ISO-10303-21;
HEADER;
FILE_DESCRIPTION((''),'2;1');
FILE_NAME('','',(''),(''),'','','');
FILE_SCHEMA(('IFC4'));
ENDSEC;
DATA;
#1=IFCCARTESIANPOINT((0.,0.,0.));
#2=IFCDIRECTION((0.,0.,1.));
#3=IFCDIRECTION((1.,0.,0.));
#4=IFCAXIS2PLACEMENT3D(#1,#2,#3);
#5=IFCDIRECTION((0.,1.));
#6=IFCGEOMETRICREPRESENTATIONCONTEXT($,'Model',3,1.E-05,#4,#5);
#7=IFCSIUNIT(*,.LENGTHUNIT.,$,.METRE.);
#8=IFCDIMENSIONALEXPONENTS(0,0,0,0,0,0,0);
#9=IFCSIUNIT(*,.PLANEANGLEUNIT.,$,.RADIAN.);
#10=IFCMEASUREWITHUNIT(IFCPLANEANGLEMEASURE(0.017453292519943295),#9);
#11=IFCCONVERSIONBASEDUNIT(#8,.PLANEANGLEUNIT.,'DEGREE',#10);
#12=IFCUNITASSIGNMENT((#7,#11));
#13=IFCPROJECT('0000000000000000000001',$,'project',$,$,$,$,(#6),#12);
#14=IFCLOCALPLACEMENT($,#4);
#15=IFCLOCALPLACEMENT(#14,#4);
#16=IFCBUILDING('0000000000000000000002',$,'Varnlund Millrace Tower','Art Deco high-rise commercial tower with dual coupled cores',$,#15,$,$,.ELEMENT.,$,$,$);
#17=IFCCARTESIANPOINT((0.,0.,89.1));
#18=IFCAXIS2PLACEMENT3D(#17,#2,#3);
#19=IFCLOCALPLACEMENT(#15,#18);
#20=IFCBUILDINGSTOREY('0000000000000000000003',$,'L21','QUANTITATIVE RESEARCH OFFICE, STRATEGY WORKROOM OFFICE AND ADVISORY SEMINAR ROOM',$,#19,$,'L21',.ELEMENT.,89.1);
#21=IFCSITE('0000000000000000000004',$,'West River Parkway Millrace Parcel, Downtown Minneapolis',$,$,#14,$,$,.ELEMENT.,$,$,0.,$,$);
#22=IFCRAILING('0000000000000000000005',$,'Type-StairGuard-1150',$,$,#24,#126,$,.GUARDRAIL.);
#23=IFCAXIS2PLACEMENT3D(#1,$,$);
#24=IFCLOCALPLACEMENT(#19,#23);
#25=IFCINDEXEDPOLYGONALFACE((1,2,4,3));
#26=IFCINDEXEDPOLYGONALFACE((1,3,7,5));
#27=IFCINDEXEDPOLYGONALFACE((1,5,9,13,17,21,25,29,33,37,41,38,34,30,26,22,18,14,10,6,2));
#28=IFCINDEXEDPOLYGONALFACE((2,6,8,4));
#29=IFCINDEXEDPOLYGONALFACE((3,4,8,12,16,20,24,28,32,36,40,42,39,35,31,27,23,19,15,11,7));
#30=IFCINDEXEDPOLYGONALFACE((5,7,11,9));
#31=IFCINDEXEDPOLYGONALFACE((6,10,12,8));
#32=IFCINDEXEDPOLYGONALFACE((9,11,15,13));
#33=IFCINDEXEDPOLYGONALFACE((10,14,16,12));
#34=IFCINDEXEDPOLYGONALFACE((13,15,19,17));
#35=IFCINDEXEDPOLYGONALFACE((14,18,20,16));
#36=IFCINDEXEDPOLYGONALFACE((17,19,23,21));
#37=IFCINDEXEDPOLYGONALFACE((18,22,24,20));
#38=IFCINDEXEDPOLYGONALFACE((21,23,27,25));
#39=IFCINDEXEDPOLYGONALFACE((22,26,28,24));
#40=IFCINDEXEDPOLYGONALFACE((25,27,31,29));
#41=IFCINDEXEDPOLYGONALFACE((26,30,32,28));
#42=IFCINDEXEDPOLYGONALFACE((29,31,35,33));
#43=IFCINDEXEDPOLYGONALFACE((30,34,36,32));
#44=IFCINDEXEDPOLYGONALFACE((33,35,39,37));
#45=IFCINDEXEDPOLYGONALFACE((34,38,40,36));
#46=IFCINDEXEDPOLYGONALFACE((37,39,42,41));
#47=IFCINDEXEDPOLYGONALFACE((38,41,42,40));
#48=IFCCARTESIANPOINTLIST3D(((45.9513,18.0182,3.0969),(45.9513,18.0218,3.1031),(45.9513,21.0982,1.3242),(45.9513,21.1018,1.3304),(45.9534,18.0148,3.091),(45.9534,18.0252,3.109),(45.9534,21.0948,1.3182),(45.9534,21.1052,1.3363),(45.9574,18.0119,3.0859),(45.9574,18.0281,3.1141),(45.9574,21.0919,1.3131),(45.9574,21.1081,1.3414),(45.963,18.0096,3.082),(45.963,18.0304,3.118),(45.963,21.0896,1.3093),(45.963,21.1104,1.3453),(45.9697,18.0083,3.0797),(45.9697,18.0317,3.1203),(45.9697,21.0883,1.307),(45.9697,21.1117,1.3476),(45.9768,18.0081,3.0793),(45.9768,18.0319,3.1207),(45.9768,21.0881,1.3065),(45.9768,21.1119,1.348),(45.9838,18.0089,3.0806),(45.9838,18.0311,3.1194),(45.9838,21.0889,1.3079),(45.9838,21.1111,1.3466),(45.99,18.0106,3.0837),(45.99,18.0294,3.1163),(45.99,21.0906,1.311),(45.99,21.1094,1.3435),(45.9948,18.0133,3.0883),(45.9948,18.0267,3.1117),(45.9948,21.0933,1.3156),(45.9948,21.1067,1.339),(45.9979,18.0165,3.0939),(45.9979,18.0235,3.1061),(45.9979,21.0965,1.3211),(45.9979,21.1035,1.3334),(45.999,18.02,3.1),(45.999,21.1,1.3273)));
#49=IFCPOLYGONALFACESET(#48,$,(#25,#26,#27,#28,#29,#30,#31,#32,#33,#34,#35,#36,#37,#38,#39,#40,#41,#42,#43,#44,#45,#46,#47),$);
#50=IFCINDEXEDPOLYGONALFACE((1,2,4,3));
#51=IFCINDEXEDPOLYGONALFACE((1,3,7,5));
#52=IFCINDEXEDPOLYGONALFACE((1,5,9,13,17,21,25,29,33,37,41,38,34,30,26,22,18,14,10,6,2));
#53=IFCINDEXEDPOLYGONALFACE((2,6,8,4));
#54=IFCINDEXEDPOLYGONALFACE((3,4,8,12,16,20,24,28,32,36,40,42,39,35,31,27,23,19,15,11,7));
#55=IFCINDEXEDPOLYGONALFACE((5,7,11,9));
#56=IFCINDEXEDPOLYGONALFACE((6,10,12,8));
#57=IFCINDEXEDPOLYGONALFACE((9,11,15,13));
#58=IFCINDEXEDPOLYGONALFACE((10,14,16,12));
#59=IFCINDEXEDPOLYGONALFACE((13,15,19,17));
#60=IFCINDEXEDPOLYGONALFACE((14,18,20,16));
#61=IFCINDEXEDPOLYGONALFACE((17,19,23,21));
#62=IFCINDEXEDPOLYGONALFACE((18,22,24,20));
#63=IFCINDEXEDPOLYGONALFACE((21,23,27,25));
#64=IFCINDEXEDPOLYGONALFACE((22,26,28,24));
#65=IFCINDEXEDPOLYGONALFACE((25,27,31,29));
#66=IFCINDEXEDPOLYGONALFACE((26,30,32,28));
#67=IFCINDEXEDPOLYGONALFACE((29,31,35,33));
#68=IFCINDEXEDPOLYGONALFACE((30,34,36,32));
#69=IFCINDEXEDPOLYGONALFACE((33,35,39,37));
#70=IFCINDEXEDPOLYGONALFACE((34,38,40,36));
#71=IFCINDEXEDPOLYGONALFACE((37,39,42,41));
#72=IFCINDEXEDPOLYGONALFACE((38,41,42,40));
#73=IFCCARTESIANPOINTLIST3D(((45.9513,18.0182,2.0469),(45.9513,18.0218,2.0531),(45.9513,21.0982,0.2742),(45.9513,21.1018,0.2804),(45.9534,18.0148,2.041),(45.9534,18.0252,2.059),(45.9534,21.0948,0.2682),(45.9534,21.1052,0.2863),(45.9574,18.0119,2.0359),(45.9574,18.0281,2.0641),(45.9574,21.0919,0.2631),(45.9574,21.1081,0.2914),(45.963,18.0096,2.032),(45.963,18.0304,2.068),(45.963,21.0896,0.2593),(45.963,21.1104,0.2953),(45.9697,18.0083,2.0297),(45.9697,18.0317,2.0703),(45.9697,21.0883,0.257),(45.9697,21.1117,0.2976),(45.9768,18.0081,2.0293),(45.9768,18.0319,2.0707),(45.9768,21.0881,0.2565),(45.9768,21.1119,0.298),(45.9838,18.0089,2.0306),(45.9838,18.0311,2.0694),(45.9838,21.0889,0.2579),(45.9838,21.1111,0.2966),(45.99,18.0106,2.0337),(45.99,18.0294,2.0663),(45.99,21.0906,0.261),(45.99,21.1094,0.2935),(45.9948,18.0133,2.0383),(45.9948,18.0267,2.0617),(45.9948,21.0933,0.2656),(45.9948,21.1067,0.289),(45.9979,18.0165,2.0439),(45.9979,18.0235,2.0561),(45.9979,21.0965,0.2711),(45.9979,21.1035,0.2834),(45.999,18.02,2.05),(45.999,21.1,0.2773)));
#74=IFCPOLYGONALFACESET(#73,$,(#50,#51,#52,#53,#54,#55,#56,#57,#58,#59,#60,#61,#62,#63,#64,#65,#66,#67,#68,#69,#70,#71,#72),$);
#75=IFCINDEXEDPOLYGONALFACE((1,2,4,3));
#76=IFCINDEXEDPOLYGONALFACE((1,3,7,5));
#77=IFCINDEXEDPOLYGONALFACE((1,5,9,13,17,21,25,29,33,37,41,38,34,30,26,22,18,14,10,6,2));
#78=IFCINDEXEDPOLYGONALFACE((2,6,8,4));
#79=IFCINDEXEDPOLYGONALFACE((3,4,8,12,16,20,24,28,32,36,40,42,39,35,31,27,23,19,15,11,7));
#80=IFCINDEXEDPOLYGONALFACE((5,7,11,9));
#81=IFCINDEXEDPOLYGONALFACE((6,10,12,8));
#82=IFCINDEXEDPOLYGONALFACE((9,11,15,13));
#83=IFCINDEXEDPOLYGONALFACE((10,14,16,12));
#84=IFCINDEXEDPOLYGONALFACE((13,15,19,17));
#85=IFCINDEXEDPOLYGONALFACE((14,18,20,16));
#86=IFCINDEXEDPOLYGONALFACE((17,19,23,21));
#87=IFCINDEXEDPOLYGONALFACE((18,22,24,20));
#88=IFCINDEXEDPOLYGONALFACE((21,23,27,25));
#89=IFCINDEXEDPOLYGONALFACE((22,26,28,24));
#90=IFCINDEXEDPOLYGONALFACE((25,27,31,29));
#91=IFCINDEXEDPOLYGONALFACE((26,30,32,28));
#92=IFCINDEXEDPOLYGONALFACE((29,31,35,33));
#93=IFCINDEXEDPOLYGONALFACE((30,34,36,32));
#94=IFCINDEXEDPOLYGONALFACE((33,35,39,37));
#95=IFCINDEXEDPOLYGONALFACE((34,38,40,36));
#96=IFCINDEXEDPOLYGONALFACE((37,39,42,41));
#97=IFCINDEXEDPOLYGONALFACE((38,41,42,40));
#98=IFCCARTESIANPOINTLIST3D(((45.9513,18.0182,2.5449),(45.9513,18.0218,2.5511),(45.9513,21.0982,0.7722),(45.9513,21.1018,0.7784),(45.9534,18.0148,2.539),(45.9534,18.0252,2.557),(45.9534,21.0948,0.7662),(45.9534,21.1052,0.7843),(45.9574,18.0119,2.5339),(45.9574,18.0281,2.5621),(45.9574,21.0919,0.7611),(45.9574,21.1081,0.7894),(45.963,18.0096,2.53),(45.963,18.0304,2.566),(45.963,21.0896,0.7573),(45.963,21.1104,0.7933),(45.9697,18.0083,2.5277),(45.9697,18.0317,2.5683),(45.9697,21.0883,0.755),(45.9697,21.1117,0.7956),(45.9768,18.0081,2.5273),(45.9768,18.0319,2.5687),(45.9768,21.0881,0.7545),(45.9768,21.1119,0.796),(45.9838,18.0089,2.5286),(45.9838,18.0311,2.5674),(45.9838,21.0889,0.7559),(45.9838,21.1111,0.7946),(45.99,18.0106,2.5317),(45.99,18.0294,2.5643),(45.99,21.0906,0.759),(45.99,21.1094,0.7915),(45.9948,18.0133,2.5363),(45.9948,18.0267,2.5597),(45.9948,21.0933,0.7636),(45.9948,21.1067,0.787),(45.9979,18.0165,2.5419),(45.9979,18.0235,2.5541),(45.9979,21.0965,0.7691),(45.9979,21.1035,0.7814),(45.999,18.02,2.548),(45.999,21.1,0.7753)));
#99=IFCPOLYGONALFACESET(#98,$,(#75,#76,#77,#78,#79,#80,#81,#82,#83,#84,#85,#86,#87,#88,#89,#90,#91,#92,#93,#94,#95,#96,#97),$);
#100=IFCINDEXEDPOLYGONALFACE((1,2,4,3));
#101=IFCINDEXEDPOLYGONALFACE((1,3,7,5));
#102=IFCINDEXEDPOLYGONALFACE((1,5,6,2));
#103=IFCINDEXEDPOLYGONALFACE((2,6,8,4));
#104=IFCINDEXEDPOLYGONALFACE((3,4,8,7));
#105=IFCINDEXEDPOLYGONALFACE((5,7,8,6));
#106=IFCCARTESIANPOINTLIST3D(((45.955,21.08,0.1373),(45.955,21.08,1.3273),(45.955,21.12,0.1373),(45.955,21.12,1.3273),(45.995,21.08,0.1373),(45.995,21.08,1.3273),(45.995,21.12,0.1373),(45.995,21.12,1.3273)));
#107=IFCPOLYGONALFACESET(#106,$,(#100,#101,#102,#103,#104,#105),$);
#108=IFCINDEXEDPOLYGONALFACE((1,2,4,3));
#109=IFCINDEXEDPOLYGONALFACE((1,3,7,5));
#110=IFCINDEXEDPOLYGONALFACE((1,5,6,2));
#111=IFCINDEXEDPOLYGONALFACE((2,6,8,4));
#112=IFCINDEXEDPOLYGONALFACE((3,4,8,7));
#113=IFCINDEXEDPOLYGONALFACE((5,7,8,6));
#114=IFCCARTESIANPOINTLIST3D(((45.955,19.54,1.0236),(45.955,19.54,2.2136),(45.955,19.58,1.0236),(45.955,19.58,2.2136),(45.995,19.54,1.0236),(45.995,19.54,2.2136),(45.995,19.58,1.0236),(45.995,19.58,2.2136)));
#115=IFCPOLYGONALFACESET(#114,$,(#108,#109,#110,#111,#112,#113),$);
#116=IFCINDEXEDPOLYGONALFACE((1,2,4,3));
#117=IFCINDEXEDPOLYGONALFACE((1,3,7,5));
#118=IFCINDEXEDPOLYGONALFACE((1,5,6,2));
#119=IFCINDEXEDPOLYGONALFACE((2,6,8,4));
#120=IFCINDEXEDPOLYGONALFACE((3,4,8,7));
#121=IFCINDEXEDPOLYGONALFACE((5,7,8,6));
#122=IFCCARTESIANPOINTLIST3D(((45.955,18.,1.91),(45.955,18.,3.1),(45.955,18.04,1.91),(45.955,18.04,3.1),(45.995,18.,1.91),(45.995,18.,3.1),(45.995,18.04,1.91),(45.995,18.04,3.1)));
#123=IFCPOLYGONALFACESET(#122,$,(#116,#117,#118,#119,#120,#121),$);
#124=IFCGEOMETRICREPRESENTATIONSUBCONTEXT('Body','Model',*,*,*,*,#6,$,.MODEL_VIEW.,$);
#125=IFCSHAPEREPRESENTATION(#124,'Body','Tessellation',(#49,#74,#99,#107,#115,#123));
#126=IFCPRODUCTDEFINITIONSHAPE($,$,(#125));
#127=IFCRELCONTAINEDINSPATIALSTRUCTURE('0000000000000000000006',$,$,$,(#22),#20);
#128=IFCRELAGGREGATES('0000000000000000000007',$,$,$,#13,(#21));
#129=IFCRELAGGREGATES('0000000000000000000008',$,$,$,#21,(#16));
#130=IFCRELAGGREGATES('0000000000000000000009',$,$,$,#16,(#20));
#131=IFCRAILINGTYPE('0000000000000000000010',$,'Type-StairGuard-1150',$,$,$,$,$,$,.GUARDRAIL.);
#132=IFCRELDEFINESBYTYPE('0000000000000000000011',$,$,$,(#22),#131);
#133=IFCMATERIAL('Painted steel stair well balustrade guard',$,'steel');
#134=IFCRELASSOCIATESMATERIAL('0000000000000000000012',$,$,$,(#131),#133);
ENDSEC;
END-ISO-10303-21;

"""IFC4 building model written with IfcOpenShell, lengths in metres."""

from ifc_helpers import new_model, entity, si_unit, converted_unit, direction, frame, origin_with_axes, origin_2d_with_axis, place, context, subcontext, project, spatial, rectangle, circle, extrude, material, type_object, element, save


model = new_model("IFC4")

# Units and contexts
model_context = context("Model", 3, precision=1e-05, world=origin_with_axes(), true_north=direction((0.0, 1.0)))
body_context = subcontext(model_context, "Body", "Model", "MODEL_VIEW")
ifc_project = project(units=[si_unit("LENGTHUNIT", "METRE"), converted_unit("PLANEANGLEUNIT", "DEGREE", entity("IfcPlaneAngleMeasure", 0.017453292519943295), si_unit("PLANEANGLEUNIT", "RADIAN"), dimensions=[0, 0, 0, 0, 0, 0, 0])], contexts=[model_context])

# Site, building, storey
site_placement = place(None, origin_with_axes())
site = spatial("IfcSite", under=ifc_project, at=site_placement, Name="West River Parkway Millrace Parcel, Downtown Minneapolis", CompositionType="ELEMENT", RefElevation=0.0)
building_placement = place(site_placement, origin_with_axes())
building = spatial("IfcBuilding", under=site, at=building_placement, Name="Varnlund Millrace Tower", Description="Art Deco high-rise commercial tower with dual coupled cores", CompositionType="ELEMENT")
storey_placement = place(building_placement, frame((0.0, 0.0, 89.1), z_axis=(0.0, 0.0, 1.0), x_axis=(1.0, 0.0, 0.0)))
storey = spatial("IfcBuildingStorey", under=building, at=storey_placement, Name="L21", Description="QUANTITATIVE RESEARCH OFFICE, STRATEGY WORKROOM OFFICE AND ADVISORY SEMINAR ROOM", LongName="L21", CompositionType="ELEMENT", Elevation=89.1)

# Railing
ifc_material_1 = material(Name="Painted steel stair well balustrade guard", Category="steel")
railing_type_1 = type_object("IfcRailingType", Name="Type-StairGuard-1150", PredefinedType="GUARDRAIL", material=ifc_material_1)
railing_1_placement = place(storey_placement, frame((0.0, 0.0, -89.1), z_axis=(0.0, 0.0, 1.0), x_axis=(1.0, 0.0, 0.0)))
element("IfcRailing", 1, at=railing_1_placement, inside=storey, type_object=railing_type_1, Name="Type-StairGuard-1150", PredefinedType="GUARDRAIL", context=body_context, shape_type="SweptSolid", body=[
    extrude(circle(Radius=0.024, at=origin_2d_with_axis()), frame((45.975, 21.1, 90.4273), z_axis=(0.0, -0.866696, 0.498836), x_axis=(1.0, 0.0, 0.0)), (0.0, 0.0, 1.0), 3.5537),
    extrude(circle(Radius=0.024, at=origin_2d_with_axis()), frame((45.975, 21.1, 89.3773), z_axis=(0.0, -0.866696, 0.498836), x_axis=(1.0, 0.0, 0.0)), (0.0, 0.0, 1.0), 3.5537),
    extrude(circle(Radius=0.024, at=origin_2d_with_axis()), frame((45.975, 21.1, 89.8753), z_axis=(0.0, -0.866696, 0.498836), x_axis=(1.0, 0.0, 0.0)), (0.0, 0.0, 1.0), 3.5537),
    extrude(rectangle(XDim=0.04, YDim=0.04, at=origin_2d_with_axis()), frame((45.975, 21.1, 89.2373), z_axis=(0.0, 0.0, 1.0), x_axis=(1.0, 0.0, 0.0)), (0.0, 0.0, 1.0), 1.19),
    extrude(rectangle(XDim=0.04, YDim=0.04, at=origin_2d_with_axis()), frame((45.975, 19.56, 90.1236), z_axis=(0.0, 0.0, 1.0), x_axis=(1.0, 0.0, 0.0)), (0.0, 0.0, 1.0), 1.19),
    extrude(rectangle(XDim=0.04, YDim=0.04, at=origin_2d_with_axis()), frame((45.975, 18.02, 91.01), z_axis=(0.0, 0.0, 1.0), x_axis=(1.0, 0.0, 0.0)), (0.0, 0.0, 1.0), 1.19),
])

save(model, "model.ifc")
